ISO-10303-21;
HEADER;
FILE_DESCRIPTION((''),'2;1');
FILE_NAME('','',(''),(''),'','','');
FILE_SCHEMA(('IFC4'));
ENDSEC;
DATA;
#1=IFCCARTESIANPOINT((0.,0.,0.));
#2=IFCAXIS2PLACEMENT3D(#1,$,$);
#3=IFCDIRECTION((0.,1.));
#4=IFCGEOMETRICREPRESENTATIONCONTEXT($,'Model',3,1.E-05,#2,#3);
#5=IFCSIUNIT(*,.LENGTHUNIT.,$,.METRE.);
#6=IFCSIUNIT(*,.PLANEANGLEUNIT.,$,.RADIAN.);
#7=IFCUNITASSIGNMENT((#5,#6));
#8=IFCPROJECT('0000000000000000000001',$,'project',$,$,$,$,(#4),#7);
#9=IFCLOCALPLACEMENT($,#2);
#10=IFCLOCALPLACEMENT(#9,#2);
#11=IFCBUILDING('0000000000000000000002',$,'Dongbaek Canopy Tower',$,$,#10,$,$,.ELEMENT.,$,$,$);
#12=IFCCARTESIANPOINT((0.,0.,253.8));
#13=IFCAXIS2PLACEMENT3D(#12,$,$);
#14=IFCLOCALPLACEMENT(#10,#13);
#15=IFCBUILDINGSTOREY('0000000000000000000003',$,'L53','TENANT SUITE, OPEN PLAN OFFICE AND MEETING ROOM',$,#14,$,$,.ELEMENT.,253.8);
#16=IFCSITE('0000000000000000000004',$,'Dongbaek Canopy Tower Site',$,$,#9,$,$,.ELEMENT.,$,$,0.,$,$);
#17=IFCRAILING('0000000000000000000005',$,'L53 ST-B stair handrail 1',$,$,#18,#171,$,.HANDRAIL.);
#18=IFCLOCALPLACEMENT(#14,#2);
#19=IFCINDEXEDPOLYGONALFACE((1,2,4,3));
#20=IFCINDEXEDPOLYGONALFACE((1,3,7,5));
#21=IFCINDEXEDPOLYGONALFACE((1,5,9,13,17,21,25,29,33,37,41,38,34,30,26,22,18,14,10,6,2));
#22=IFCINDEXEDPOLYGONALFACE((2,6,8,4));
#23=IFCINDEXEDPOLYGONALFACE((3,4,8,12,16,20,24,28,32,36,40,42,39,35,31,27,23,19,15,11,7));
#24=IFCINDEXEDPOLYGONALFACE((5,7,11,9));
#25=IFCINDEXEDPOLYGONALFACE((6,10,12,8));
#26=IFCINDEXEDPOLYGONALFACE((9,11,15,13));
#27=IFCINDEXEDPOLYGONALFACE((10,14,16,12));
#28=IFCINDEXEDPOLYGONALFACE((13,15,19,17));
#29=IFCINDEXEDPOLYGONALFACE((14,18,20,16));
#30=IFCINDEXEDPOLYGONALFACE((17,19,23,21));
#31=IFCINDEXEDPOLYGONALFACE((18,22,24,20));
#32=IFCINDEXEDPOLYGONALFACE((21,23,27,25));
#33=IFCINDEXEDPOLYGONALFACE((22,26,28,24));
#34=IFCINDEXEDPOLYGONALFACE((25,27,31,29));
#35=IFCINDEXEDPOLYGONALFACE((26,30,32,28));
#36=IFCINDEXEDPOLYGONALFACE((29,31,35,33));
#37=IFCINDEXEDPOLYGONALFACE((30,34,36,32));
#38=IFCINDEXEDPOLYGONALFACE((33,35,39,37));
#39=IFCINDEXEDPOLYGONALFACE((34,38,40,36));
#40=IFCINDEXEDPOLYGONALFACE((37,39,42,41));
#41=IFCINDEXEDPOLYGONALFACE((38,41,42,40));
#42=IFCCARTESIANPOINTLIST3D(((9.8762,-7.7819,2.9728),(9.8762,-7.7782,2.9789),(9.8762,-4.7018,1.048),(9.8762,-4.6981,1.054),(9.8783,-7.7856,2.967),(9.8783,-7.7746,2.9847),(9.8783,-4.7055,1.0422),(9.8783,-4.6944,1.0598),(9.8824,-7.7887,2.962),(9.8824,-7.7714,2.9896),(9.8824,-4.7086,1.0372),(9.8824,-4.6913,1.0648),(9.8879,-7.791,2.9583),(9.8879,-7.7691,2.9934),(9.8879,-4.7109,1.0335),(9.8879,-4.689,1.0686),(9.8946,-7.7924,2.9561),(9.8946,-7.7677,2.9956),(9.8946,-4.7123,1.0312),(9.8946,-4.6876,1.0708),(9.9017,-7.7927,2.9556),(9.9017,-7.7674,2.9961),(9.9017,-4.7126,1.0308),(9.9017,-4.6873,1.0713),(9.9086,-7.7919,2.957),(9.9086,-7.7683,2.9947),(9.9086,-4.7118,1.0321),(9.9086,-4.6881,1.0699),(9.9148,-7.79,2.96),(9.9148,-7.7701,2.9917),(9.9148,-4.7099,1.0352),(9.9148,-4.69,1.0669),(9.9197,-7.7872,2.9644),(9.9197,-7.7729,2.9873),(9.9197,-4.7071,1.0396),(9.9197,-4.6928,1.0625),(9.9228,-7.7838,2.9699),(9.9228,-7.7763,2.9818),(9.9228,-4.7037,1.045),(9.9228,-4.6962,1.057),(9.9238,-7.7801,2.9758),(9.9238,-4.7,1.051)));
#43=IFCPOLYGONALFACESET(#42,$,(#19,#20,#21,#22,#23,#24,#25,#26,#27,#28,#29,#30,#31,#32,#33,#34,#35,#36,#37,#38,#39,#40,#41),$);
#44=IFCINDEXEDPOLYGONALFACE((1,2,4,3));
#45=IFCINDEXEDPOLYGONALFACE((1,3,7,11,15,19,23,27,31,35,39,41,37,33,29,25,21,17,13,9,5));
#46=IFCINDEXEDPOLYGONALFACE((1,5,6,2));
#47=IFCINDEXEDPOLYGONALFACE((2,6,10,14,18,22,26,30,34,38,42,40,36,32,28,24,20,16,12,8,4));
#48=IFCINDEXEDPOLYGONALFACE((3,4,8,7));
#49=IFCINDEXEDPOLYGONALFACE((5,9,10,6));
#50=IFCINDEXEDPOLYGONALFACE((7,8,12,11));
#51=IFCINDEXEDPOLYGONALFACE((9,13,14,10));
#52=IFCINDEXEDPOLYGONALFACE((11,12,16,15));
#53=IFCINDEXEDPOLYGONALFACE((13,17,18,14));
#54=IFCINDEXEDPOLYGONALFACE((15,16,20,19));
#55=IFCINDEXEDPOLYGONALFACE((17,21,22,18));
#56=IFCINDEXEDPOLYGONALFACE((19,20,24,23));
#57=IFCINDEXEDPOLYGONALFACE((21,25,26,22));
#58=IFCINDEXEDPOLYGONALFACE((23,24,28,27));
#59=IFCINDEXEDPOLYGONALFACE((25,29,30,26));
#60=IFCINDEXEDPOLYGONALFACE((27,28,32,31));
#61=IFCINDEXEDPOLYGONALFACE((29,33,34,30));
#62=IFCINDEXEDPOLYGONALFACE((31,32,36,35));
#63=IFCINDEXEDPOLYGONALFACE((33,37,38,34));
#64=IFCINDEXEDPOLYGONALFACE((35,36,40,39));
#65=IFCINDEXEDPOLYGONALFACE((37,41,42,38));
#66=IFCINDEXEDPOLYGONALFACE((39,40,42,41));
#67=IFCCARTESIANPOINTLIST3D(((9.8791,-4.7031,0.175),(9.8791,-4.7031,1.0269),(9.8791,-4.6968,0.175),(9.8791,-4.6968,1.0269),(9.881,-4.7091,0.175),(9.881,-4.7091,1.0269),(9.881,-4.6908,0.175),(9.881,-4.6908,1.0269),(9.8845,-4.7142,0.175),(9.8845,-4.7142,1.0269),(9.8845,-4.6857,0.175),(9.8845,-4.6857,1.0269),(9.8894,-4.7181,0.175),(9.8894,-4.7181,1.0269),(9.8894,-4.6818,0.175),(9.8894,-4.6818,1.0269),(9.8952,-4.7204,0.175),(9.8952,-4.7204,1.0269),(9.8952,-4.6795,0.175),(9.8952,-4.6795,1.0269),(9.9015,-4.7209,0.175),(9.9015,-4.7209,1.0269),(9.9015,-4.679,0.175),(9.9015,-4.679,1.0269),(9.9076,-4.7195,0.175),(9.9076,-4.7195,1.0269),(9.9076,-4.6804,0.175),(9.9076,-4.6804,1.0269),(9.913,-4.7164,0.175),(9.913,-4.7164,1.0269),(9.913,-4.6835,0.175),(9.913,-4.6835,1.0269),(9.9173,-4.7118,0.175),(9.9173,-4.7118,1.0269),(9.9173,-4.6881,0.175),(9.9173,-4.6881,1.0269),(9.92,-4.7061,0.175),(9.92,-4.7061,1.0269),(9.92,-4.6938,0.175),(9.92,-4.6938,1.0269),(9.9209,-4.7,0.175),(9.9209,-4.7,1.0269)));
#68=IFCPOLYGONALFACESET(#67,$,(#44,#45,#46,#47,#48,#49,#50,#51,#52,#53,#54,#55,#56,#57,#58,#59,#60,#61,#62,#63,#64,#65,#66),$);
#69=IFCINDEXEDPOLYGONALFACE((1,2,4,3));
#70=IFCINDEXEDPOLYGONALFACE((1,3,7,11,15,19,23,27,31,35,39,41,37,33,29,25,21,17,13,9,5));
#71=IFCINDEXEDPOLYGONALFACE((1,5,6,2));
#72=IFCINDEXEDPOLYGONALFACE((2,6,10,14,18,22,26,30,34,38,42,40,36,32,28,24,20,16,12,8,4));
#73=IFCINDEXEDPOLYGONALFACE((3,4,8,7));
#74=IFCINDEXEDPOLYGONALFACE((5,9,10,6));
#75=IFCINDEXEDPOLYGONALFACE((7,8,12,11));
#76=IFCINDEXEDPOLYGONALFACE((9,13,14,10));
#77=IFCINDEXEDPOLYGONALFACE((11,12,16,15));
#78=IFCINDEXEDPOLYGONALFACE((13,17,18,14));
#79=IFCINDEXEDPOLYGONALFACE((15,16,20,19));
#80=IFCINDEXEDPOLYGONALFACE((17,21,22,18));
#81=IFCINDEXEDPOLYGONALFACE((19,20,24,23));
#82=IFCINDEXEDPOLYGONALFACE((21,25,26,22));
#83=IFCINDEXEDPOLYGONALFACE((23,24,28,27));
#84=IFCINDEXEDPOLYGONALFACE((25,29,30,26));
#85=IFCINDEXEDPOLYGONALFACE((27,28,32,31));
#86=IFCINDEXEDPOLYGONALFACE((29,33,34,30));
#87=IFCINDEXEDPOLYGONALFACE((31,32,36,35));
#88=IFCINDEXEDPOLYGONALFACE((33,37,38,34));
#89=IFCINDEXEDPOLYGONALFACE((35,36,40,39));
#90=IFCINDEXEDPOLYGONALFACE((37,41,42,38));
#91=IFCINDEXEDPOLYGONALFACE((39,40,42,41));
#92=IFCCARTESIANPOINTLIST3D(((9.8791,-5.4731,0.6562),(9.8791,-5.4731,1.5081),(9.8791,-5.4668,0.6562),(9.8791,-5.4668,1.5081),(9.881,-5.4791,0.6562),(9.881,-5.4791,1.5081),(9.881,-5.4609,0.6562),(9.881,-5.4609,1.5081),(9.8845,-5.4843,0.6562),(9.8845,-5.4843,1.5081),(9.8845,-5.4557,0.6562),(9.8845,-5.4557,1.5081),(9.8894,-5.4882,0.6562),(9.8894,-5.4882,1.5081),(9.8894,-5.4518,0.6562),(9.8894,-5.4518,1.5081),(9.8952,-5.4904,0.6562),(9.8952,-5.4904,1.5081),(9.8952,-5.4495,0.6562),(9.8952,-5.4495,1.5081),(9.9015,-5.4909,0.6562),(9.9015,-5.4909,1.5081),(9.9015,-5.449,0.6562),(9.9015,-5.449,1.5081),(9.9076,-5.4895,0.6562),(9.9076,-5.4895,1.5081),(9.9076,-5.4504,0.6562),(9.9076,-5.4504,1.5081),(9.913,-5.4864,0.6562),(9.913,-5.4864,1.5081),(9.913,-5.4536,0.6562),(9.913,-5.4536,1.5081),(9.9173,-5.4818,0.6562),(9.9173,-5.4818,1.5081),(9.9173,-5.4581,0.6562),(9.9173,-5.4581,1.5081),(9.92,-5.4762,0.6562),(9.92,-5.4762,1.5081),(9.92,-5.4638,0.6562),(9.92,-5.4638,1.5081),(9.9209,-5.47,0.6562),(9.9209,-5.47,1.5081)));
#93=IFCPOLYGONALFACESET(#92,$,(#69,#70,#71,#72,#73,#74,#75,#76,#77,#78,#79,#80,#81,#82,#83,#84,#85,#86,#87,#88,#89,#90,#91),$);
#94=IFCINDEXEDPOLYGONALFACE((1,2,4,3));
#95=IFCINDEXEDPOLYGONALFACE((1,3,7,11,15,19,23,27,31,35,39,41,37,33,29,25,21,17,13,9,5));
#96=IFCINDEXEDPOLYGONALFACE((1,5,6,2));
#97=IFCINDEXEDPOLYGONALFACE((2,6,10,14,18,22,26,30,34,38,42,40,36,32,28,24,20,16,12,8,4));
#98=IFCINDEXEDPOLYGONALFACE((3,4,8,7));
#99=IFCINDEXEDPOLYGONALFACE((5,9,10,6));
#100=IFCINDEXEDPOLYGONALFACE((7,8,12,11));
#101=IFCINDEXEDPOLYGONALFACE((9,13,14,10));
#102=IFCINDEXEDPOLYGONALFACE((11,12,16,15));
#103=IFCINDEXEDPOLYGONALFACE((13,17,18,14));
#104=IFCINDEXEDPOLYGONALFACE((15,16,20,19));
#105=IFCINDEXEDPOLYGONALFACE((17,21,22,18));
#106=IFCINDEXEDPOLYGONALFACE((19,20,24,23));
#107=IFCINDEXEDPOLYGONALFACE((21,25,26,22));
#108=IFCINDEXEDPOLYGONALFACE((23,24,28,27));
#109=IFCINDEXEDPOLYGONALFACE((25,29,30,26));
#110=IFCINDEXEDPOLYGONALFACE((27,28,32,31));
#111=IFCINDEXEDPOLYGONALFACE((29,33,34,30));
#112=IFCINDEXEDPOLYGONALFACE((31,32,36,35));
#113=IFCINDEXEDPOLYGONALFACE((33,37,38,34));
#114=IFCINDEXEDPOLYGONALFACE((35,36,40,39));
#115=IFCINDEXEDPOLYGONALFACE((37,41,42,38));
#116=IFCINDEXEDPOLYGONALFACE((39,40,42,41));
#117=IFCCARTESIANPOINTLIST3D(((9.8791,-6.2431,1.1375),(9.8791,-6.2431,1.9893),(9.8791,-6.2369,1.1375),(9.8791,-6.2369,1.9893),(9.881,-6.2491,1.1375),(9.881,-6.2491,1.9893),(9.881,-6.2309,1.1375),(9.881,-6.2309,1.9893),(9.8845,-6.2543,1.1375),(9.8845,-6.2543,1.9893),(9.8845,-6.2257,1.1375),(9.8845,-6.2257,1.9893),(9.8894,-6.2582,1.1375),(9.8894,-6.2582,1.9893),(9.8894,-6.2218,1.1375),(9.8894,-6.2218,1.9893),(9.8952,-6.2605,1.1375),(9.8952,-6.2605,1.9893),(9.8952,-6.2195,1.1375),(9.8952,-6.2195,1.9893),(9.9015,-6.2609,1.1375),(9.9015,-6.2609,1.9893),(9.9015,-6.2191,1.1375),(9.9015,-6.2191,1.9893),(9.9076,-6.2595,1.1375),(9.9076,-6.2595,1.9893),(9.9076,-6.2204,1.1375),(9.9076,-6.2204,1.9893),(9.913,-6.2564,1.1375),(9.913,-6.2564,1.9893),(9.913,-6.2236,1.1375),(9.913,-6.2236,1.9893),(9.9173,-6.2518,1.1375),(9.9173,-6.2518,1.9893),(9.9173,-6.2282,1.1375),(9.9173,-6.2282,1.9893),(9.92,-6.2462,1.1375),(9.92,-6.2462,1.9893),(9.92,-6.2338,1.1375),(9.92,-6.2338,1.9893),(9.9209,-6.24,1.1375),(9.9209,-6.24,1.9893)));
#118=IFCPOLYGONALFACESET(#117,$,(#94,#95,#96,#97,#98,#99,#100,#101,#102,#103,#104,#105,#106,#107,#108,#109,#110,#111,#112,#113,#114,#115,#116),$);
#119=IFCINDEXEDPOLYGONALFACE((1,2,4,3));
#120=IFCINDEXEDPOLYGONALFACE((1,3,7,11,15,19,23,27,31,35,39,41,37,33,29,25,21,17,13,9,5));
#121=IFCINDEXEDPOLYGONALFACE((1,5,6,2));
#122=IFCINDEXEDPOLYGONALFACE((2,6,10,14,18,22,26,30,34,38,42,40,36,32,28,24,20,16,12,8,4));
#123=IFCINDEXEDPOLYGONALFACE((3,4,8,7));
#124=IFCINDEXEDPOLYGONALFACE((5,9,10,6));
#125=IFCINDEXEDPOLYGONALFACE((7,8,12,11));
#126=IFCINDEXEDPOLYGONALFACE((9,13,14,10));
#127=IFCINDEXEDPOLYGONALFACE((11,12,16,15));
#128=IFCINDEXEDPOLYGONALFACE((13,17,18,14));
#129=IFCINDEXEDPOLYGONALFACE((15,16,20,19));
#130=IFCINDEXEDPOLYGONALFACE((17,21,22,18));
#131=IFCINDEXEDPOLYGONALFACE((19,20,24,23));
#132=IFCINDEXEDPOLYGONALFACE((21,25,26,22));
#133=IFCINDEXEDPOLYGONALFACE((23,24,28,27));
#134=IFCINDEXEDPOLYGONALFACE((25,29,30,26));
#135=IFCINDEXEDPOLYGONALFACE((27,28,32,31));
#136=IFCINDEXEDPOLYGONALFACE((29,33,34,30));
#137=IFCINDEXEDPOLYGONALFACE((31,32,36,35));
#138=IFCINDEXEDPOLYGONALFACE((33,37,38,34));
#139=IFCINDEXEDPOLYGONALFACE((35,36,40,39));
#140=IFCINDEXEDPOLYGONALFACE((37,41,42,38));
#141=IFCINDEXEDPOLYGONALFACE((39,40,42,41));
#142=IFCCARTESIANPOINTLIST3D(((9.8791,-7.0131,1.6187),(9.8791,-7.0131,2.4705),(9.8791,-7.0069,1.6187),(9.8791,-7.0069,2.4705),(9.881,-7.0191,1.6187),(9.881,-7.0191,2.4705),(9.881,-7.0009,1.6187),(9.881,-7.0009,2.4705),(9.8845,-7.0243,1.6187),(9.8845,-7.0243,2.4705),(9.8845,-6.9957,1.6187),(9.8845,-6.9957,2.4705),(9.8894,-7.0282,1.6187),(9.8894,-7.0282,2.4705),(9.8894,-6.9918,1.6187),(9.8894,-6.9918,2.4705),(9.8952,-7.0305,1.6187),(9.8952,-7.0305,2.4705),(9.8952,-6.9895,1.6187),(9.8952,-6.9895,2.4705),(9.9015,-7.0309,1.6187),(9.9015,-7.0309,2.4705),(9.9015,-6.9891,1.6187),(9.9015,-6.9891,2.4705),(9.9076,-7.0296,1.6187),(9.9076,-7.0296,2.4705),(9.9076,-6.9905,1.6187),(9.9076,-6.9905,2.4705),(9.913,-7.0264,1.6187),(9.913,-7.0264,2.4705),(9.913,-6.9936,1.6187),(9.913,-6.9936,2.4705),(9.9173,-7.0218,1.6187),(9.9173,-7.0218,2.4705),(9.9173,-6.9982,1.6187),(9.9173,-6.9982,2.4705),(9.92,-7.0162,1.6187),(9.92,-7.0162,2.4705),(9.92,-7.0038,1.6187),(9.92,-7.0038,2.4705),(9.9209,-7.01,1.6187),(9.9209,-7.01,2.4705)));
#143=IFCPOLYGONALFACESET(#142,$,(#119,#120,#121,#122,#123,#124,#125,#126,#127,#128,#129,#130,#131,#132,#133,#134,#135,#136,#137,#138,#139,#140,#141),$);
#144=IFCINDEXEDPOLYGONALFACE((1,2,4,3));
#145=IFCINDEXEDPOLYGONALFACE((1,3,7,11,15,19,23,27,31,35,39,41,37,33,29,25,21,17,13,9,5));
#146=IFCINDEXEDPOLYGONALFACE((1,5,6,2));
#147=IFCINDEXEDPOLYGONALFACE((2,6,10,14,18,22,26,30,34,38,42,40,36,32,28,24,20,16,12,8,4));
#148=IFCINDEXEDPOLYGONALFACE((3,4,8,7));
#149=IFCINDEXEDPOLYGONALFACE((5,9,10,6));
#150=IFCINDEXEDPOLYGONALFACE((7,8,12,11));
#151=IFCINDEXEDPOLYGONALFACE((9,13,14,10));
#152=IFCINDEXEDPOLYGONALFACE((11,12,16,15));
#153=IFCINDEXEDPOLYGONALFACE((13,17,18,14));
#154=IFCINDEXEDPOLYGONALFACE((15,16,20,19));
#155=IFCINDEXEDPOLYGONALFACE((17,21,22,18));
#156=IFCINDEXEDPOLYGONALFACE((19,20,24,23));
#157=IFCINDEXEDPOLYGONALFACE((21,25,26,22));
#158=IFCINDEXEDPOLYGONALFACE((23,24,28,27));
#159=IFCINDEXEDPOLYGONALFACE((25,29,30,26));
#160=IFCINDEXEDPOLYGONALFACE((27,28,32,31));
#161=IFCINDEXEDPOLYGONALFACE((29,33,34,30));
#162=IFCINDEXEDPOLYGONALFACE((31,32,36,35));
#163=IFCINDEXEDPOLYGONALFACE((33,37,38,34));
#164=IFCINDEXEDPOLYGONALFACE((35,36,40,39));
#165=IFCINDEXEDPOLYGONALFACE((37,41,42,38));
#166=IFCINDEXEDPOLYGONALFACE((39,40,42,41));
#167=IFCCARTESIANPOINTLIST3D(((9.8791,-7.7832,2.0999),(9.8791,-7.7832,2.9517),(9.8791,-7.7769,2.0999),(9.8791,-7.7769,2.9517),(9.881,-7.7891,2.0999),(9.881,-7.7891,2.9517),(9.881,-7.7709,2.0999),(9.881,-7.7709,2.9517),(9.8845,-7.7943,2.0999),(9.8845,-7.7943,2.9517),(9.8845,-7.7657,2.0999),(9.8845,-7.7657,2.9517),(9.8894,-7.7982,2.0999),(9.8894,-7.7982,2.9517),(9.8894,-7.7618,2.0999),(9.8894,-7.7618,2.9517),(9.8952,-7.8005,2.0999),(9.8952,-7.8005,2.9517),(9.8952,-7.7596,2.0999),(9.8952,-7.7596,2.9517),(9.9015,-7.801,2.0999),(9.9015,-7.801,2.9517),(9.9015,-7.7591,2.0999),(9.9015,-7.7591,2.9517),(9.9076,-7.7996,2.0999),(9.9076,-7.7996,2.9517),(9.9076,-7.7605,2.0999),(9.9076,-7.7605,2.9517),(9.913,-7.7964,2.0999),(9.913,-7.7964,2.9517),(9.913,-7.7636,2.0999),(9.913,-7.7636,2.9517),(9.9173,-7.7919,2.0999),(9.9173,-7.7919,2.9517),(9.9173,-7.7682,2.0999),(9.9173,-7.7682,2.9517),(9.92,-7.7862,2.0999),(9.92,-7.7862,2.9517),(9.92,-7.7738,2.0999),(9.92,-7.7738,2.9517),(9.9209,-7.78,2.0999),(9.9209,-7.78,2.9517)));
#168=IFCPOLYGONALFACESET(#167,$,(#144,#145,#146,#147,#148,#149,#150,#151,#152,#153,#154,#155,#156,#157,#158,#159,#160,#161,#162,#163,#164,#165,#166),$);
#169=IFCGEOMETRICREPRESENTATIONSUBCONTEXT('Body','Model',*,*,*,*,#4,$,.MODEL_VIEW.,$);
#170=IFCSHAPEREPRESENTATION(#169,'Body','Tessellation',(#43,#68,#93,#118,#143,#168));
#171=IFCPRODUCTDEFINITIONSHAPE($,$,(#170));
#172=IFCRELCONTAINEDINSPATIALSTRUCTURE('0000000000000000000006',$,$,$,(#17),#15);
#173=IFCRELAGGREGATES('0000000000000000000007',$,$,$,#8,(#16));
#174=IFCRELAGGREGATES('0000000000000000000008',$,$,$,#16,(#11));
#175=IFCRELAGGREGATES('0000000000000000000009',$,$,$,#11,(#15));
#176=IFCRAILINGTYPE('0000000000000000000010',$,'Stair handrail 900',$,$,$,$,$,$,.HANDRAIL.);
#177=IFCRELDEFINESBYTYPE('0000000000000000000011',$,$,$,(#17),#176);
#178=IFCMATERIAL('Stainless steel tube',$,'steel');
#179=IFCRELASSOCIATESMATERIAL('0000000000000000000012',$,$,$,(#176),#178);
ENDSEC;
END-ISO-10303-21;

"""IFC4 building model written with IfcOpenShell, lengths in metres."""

from ifc_helpers import new_model, si_unit, direction, frame, origin, origin_2d, place, context, subcontext, project, spatial, circle, extrude, material, type_object, element, save


model = new_model("IFC4")

# Units and contexts
model_context = context("Model", 3, precision=1e-05, world=origin(), true_north=direction((0.0, 1.0)))
body_context = subcontext(model_context, "Body", "Model", "MODEL_VIEW")
ifc_project = project(units=[si_unit("LENGTHUNIT", "METRE"), si_unit("PLANEANGLEUNIT", "RADIAN")], contexts=[model_context])

# Site, building, storey
site_placement = place(None, origin())
site = spatial("IfcSite", under=ifc_project, at=site_placement, Name="Dongbaek Canopy Tower Site", CompositionType="ELEMENT", RefElevation=0.0)
building_placement = place(site_placement, origin())
building = spatial("IfcBuilding", under=site, at=building_placement, Name="Dongbaek Canopy Tower", CompositionType="ELEMENT")
storey_placement = place(building_placement, frame((0.0, 0.0, 253.8)))
storey = spatial("IfcBuildingStorey", under=building, at=storey_placement, Name="L53", Description="TENANT SUITE, OPEN PLAN OFFICE AND MEETING ROOM", CompositionType="ELEMENT", Elevation=253.8)

# Railing
ifc_material_1 = material(Name="Stainless steel tube", Category="steel")
railing_type = type_object("IfcRailingType", Name="Stair handrail 900", PredefinedType="HANDRAIL", material=ifc_material_1)
railing_placement = place(storey_placement, frame((9.8999, -4.7, 0.175)))
element("IfcRailing", 1, at=railing_placement, inside=storey, type_object=railing_type, Name="L53 ST-B stair handrail 1", PredefinedType="HANDRAIL", context=body_context, shape_type="SweptSolid", body=[
    extrude(circle(Radius=0.0239, at=origin_2d()), frame((0.0, 0.0, 0.876), z_axis=(0.0, -0.848029, 0.529951), x_axis=(1.0, 0.0, 0.0)), (0.0, 0.0, 1.0), 3.6321),
    extrude(circle(Radius=0.021, at=origin_2d()), origin(), (0.0, 0.0, 1.0), 0.8518),
    extrude(circle(Radius=0.021, at=origin_2d()), frame((0.0, -0.77, 0.4812)), (0.0, 0.0, 1.0), 0.8518),
    extrude(circle(Radius=0.021, at=origin_2d()), frame((0.0, -1.54, 0.9624)), (0.0, 0.0, 1.0), 0.8518),
    extrude(circle(Radius=0.021, at=origin_2d()), frame((0.0, -2.3101, 1.4436)), (0.0, 0.0, 1.0), 0.8518),
    extrude(circle(Radius=0.021, at=origin_2d()), frame((0.0, -3.0801, 1.9248)), (0.0, 0.0, 1.0), 0.8518),
])

save(model, "model.ifc")
